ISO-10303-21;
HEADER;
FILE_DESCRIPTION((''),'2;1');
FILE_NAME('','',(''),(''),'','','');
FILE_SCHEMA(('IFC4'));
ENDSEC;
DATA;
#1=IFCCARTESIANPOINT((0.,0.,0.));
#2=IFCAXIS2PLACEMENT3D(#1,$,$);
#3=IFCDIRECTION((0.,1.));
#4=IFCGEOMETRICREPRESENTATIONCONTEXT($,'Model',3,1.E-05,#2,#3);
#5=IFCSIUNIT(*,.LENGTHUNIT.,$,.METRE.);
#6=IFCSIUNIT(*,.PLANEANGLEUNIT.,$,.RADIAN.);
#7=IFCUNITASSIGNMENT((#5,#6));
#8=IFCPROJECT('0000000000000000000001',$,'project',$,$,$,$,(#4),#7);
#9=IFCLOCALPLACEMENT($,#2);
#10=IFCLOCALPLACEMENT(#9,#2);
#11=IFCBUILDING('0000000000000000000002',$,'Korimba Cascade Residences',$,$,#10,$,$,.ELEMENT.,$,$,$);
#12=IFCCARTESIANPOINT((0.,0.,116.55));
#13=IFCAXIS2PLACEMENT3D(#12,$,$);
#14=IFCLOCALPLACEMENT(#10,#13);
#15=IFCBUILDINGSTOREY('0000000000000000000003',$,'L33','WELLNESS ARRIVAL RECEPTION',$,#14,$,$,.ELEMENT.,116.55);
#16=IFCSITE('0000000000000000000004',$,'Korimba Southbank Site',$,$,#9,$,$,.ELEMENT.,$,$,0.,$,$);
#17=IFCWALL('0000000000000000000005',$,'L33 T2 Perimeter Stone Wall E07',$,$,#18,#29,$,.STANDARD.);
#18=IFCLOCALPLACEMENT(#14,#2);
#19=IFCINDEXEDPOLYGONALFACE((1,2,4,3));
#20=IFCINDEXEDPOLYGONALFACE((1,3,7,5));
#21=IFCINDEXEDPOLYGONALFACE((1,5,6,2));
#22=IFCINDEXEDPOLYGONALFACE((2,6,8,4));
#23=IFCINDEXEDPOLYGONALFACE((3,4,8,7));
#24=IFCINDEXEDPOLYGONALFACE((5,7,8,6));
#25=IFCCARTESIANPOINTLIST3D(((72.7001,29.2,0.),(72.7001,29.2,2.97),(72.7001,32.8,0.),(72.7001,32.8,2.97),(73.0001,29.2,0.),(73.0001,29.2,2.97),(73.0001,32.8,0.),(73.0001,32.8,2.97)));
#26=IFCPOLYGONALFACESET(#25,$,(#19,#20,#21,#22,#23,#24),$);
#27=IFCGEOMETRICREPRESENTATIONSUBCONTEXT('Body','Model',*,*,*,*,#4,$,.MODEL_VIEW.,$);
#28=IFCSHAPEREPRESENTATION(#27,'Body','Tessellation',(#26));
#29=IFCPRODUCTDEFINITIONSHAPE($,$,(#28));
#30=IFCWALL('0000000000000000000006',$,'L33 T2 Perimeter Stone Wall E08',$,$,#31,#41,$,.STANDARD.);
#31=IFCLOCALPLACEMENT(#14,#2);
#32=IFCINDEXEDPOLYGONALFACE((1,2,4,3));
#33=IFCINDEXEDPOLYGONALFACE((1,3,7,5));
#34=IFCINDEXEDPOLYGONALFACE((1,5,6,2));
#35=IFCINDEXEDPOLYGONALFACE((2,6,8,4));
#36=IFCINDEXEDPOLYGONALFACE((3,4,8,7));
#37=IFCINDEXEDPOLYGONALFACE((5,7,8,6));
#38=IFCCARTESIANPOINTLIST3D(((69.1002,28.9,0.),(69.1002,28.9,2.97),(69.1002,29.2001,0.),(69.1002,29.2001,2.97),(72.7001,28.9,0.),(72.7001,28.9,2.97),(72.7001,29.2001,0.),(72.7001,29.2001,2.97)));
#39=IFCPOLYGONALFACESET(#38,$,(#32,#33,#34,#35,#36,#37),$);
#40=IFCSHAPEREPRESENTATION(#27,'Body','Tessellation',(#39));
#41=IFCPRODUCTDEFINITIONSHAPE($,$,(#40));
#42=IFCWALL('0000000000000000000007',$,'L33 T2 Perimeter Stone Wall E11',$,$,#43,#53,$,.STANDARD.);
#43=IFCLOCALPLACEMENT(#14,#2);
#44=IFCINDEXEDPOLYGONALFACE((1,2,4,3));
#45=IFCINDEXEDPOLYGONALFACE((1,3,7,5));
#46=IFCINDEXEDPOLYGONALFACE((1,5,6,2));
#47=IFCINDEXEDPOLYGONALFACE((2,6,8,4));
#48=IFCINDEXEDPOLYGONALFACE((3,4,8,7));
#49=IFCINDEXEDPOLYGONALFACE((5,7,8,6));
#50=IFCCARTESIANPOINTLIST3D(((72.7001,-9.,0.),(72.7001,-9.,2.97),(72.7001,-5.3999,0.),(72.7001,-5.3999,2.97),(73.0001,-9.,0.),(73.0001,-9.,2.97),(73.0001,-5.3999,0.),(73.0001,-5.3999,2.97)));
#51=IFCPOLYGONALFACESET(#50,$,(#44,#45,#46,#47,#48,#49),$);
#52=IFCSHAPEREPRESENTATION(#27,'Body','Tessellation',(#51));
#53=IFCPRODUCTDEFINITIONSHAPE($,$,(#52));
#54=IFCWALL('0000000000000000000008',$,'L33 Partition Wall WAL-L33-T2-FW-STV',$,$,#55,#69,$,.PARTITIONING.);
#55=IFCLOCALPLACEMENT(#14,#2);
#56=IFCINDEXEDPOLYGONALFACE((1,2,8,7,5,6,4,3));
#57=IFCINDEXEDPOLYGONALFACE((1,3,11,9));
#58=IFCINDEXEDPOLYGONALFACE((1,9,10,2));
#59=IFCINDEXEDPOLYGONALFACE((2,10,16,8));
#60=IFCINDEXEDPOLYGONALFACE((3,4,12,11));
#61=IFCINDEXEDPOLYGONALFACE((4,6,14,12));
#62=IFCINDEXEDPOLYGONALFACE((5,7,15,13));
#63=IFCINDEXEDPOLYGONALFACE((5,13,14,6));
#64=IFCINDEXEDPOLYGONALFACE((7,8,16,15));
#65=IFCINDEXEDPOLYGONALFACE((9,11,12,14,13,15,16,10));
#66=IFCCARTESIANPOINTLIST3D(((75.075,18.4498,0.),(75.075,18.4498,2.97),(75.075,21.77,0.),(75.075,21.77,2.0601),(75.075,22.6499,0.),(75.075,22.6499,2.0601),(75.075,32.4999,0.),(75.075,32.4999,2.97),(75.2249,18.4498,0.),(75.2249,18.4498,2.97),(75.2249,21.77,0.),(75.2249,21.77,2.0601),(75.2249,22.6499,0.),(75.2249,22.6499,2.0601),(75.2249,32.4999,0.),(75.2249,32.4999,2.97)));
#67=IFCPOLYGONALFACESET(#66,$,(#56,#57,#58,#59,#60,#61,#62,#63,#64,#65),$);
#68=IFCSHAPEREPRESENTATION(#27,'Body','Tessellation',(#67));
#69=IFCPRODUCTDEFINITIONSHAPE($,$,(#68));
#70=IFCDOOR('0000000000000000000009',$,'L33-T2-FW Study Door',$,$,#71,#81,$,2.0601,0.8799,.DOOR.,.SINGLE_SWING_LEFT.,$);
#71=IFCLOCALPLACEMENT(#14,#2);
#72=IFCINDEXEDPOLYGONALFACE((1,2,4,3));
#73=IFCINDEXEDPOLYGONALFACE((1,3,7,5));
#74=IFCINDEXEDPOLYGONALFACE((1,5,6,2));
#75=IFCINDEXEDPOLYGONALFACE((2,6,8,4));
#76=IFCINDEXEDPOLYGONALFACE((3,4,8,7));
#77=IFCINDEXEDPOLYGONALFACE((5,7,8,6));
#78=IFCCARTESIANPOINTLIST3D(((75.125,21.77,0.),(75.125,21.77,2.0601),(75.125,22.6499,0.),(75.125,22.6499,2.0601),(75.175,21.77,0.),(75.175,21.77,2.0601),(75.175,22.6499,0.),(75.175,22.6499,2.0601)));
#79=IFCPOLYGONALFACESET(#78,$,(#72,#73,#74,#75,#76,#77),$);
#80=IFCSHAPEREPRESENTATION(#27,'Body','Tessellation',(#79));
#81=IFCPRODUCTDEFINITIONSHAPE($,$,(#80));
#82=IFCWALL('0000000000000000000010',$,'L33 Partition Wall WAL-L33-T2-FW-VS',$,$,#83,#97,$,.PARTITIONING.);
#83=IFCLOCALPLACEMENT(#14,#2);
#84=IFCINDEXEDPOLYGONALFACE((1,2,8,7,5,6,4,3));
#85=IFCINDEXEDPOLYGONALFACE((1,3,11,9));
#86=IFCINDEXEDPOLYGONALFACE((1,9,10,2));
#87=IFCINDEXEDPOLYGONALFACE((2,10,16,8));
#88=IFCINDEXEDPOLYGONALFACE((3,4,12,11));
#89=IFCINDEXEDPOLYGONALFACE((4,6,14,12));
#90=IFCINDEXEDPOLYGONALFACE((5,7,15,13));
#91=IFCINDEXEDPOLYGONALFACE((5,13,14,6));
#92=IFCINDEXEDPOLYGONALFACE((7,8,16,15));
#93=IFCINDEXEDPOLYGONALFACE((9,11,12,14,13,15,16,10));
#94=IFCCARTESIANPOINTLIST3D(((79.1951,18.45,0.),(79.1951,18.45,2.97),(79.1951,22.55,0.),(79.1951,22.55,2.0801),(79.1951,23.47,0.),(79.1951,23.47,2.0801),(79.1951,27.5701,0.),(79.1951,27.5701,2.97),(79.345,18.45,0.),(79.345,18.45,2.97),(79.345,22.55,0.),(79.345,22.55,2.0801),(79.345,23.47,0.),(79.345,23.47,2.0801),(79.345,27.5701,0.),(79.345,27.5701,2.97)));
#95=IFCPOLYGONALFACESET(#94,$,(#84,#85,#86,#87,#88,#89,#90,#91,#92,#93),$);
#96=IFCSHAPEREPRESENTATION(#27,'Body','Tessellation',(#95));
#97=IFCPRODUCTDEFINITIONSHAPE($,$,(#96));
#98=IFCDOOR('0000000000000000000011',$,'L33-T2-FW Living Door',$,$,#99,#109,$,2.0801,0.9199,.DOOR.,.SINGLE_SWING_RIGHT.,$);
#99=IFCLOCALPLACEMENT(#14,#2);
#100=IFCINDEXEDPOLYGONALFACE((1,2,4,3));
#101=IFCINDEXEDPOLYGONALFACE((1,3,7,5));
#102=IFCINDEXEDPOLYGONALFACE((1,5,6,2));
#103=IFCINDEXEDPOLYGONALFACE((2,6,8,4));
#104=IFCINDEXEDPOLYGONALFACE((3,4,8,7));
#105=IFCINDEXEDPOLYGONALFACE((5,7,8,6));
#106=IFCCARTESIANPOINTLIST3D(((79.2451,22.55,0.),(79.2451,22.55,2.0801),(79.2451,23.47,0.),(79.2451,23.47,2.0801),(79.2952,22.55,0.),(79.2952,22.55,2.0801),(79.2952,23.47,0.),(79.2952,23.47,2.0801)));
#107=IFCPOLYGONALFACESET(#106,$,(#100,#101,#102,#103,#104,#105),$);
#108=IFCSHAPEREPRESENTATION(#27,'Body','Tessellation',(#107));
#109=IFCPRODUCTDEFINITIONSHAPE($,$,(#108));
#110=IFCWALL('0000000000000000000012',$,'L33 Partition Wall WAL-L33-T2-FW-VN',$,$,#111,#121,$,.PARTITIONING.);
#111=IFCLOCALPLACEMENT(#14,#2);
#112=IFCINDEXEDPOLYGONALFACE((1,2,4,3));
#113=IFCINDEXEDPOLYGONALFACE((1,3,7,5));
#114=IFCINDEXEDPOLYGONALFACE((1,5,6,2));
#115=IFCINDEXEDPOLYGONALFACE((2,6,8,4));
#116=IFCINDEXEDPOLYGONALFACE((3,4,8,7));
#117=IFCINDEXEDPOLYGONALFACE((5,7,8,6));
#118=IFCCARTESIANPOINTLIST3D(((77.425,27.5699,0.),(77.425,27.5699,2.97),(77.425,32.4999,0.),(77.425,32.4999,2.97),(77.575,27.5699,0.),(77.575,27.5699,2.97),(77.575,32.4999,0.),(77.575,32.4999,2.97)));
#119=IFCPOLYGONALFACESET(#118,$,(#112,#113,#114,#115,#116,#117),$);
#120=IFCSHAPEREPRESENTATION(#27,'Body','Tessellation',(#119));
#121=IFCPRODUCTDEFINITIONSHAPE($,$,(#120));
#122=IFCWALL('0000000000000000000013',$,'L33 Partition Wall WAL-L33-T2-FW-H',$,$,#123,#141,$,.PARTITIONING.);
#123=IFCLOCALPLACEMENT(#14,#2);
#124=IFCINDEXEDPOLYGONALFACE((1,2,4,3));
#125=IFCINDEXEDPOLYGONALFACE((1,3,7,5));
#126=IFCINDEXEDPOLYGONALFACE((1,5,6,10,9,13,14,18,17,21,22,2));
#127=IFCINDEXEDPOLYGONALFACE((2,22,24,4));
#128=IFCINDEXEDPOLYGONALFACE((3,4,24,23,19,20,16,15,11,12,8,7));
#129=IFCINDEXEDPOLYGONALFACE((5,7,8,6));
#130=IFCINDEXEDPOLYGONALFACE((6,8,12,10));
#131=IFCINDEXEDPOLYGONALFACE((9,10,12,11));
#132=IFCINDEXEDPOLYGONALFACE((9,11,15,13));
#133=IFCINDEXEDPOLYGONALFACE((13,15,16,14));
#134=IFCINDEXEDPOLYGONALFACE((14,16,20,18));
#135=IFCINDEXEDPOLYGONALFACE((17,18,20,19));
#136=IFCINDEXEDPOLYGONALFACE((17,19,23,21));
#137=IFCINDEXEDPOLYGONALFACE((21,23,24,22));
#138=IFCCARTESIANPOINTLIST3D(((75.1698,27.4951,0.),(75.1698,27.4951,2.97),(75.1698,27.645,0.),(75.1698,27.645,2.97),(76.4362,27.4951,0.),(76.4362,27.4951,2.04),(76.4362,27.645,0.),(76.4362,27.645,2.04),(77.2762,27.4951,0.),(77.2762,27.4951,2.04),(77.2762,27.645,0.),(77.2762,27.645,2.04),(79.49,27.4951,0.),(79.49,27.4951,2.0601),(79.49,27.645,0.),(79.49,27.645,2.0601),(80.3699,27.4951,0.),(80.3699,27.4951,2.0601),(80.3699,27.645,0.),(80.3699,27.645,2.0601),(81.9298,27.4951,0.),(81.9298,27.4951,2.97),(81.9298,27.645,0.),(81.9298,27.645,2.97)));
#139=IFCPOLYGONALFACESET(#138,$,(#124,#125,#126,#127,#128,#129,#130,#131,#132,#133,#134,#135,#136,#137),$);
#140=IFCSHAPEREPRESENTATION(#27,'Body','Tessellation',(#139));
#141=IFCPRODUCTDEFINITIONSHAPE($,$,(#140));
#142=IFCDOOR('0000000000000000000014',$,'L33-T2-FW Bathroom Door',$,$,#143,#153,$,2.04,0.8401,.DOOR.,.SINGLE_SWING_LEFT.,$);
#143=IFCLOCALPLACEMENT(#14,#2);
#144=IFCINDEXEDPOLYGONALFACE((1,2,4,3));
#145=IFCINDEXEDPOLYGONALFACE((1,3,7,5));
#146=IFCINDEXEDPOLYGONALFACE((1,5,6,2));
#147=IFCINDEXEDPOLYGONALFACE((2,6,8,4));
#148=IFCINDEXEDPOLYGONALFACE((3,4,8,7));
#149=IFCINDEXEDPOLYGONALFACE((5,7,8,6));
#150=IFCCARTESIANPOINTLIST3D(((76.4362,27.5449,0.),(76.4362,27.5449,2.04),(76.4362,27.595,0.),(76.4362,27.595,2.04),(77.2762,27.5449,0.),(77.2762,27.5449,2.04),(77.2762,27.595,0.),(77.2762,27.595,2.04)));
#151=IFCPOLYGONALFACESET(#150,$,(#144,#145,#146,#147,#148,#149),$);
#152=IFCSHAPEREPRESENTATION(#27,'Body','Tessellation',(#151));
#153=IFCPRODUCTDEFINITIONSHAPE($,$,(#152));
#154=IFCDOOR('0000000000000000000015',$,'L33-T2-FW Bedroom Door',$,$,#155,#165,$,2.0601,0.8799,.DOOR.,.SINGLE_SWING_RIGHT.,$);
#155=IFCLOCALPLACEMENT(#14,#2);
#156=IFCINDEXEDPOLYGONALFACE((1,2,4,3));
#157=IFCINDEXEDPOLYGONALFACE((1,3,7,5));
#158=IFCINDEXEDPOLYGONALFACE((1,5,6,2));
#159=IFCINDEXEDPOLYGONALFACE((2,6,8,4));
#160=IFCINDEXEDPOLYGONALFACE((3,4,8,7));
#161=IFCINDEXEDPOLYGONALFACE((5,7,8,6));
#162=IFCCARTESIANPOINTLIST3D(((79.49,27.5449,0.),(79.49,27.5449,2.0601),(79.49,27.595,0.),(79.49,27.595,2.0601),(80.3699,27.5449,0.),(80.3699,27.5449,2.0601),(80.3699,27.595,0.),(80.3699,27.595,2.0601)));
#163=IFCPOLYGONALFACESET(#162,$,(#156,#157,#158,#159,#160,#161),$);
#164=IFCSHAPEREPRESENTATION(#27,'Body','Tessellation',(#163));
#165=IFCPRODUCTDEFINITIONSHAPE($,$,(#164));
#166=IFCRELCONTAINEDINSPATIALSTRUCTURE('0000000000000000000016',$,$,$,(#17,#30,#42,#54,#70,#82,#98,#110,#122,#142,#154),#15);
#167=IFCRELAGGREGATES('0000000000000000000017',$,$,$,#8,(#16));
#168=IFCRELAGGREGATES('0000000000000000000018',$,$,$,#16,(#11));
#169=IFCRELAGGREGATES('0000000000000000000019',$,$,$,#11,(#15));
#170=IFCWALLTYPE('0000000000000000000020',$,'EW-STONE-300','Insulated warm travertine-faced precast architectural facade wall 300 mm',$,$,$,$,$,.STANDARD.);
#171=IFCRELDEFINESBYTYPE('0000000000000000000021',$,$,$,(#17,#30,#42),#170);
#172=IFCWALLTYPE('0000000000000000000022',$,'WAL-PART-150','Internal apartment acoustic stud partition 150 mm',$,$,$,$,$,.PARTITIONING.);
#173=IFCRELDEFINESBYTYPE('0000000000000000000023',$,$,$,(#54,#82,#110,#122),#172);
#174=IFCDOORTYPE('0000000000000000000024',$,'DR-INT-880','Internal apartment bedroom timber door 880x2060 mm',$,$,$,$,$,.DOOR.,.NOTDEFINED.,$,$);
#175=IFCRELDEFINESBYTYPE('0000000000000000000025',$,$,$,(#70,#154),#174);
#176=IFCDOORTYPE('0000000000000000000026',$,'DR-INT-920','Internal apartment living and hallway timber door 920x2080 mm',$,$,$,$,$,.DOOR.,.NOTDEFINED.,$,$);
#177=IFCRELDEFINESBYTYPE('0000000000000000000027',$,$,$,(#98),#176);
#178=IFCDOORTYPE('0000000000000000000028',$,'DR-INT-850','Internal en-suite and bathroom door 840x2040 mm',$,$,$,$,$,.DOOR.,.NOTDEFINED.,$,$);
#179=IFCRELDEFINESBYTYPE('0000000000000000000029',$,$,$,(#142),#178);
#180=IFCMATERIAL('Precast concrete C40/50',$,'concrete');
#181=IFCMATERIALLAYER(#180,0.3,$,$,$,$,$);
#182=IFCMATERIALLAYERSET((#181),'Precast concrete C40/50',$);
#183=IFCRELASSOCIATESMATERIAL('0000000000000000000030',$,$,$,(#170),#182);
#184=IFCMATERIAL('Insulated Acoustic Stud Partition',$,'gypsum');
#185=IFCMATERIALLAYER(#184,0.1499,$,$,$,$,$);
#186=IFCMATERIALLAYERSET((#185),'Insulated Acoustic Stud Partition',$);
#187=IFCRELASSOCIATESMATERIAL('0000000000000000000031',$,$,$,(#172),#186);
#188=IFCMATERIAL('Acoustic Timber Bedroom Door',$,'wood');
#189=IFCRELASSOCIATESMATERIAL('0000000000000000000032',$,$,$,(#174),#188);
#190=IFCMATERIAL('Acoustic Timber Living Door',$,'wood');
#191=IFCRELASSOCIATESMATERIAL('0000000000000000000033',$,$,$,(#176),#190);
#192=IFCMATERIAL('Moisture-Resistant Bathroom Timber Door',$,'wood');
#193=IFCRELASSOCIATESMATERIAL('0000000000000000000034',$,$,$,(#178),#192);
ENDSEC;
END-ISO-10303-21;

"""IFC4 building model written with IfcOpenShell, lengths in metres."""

from ifc_helpers import new_model, si_unit, direction, frame, frame_2d, origin, place, context, subcontext, project, spatial, rectangle, extrude, material, layer, layer_set, type_object, element, fill, save


model = new_model("IFC4")

# Units and contexts
model_context = context("Model", 3, precision=1e-05, world=origin(), true_north=direction((0.0, 1.0)))
body_context = subcontext(model_context, "Body", "Model", "MODEL_VIEW")
ifc_project = project(units=[si_unit("LENGTHUNIT", "METRE"), si_unit("PLANEANGLEUNIT", "RADIAN")], contexts=[model_context])

# Site, building, storey
site_placement = place(None, origin())
site = spatial("IfcSite", under=ifc_project, at=site_placement, Name="Korimba Southbank Site", CompositionType="ELEMENT", RefElevation=0.0)
building_placement = place(site_placement, origin())
building = spatial("IfcBuilding", under=site, at=building_placement, Name="Korimba Cascade Residences", CompositionType="ELEMENT")
storey_placement = place(building_placement, frame((0.0, 0.0, 116.55)))
storey = spatial("IfcBuildingStorey", under=building, at=storey_placement, Name="L33", Description="WELLNESS ARRIVAL RECEPTION", CompositionType="ELEMENT", Elevation=116.55)

# Walls
ifc_material_1 = material(Name="Precast concrete C40/50", Category="concrete")
ifc_layer_1 = layer(ifc_material_1, 0.3)
ifc_layer_set_1 = layer_set([ifc_layer_1], Name="Precast concrete C40/50")
wall_type_1 = type_object("IfcWallType", Name="EW-STONE-300", Description="Insulated warm travertine-faced precast architectural facade wall 300 mm", PredefinedType="STANDARD", material=ifc_layer_set_1)
wall_1_placement = place(storey_placement, frame((72.8501, 32.8, 0.0), z_axis=(0.0, 0.0, 1.0), x_axis=(0.0, -1.0, 0.0)))
element("IfcWall", 1, at=wall_1_placement, inside=storey, type_object=wall_type_1, Name="L33 T2 Perimeter Stone Wall E07", PredefinedType="STANDARD", context=body_context, shape_type="SweptSolid", body=[
    extrude(rectangle(XDim=3.6001, YDim=0.3, at=frame_2d((1.8, 0.0))), origin(), (0.0, 0.0, 1.0), 2.97),
])
wall_2_placement = place(storey_placement, frame((72.7, 29.05, 0.0), z_axis=(0.0, 0.0, 1.0), x_axis=(-1.0, 0.0, 0.0)))
element("IfcWall", 2, at=wall_2_placement, inside=storey, type_object=wall_type_1, Name="L33 T2 Perimeter Stone Wall E08", PredefinedType="STANDARD", context=body_context, shape_type="SweptSolid", body=[
    extrude(rectangle(XDim=3.5999, YDim=0.3, at=frame_2d((1.7998, 0.0))), origin(), (0.0, 0.0, 1.0), 2.97),
])
wall_3_placement = place(storey_placement, frame((72.8501, -5.3999, 0.0), z_axis=(0.0, 0.0, 1.0), x_axis=(0.0, -1.0, 0.0)))
element("IfcWall", 3, at=wall_3_placement, inside=storey, type_object=wall_type_1, Name="L33 T2 Perimeter Stone Wall E11", PredefinedType="STANDARD", context=body_context, shape_type="SweptSolid", body=[
    extrude(rectangle(XDim=3.6001, YDim=0.3, at=frame_2d((1.8, 0.0))), origin(), (0.0, 0.0, 1.0), 2.97),
])

# Walls, openings, doors
ifc_material_2 = material(Name="Insulated Acoustic Stud Partition", Category="gypsum")
ifc_layer_2 = layer(ifc_material_2, 0.1499)
ifc_layer_set_2 = layer_set([ifc_layer_2], Name="Insulated Acoustic Stud Partition")
wall_type_2 = type_object("IfcWallType", Name="WAL-PART-150", Description="Internal apartment acoustic stud partition 150 mm", PredefinedType="PARTITIONING", material=ifc_layer_set_2)
wall_4_placement = place(storey_placement, frame((75.1499, 18.45, 0.0), z_axis=(0.0, 0.0, 1.0), x_axis=(0.0, 1.0, 0.0)))
wall_4 = element("IfcWall", 4, at=wall_4_placement, inside=storey, type_object=wall_type_2, Name="L33 Partition Wall WAL-L33-T2-FW-STV", PredefinedType="PARTITIONING", context=body_context, shape_type="SweptSolid", body=[
    extrude(rectangle(XDim=14.05, YDim=0.1499, at=frame_2d((7.0249, 0.0))), origin(), (0.0, 0.0, 1.0), 2.97),
])
opening_1_placement = place(wall_4_placement, frame((3.3201, 0.0, 0.0)))
opening_1 = element("IfcOpeningElement", 5, at=opening_1_placement, cuts=wall_4, PredefinedType="OPENING", context=body_context, shape_type="SweptSolid", body=[
    extrude(rectangle(XDim=0.8799, YDim=2.0601, at=frame_2d((0.4399, 1.03))), frame((0.0, 0.085, 0.0), z_axis=(0.0, -1.0, 0.0), x_axis=(1.0, 0.0, 0.0)), (0.0, 0.0, 1.0), 0.1699),
])
ifc_material_3 = material(Name="Acoustic Timber Bedroom Door", Category="wood")
door_type_1 = type_object("IfcDoorType", Name="DR-INT-880", Description="Internal apartment bedroom timber door 880x2060 mm", OperationType="NOTDEFINED", PredefinedType="DOOR", material=ifc_material_3)
door_1_placement = place(opening_1_placement, origin())
door_1 = element("IfcDoor", 6, at=door_1_placement, inside=storey, type_object=door_type_1, Name="L33-T2-FW Study Door", OperationType="SINGLE_SWING_LEFT", OverallHeight=2.0601, OverallWidth=0.8799, PredefinedType="DOOR", context=body_context, shape_type="SweptSolid", body=[
    extrude(rectangle(XDim=0.8799, YDim=2.0601, at=frame_2d((0.4399, 1.03))), frame((0.0, 0.0249, 0.0), z_axis=(0.0, -1.0, 0.0), x_axis=(1.0, 0.0, 0.0)), (0.0, 0.0, 1.0), 0.05),
])
fill(opening_1, door_1)
wall_5_placement = place(storey_placement, frame((79.27, 18.45, 0.0), z_axis=(0.0, 0.0, 1.0), x_axis=(0.0, 1.0, 0.0)))
wall_5 = element("IfcWall", 7, at=wall_5_placement, inside=storey, type_object=wall_type_2, Name="L33 Partition Wall WAL-L33-T2-FW-VS", PredefinedType="PARTITIONING", context=body_context, shape_type="SweptSolid", body=[
    extrude(rectangle(XDim=9.1201, YDim=0.1499, at=frame_2d((4.5601, 0.0))), origin(), (0.0, 0.0, 1.0), 2.97),
])
opening_2_placement = place(wall_5_placement, frame((4.1001, 0.0, 0.0)))
opening_2 = element("IfcOpeningElement", 8, at=opening_2_placement, cuts=wall_5, PredefinedType="OPENING", context=body_context, shape_type="SweptSolid", body=[
    extrude(rectangle(XDim=0.9199, YDim=2.0801, at=frame_2d((0.46, 1.04))), frame((0.0, 0.085, 0.0), z_axis=(0.0, -1.0, 0.0), x_axis=(1.0, 0.0, 0.0)), (0.0, 0.0, 1.0), 0.1699),
])
ifc_material_4 = material(Name="Acoustic Timber Living Door", Category="wood")
door_type_2 = type_object("IfcDoorType", Name="DR-INT-920", Description="Internal apartment living and hallway timber door 920x2080 mm", OperationType="NOTDEFINED", PredefinedType="DOOR", material=ifc_material_4)
door_2_placement = place(opening_2_placement, origin())
door_2 = element("IfcDoor", 9, at=door_2_placement, inside=storey, type_object=door_type_2, Name="L33-T2-FW Living Door", OperationType="SINGLE_SWING_RIGHT", OverallHeight=2.0801, OverallWidth=0.9199, PredefinedType="DOOR", context=body_context, shape_type="SweptSolid", body=[
    extrude(rectangle(XDim=0.9199, YDim=2.0801, at=frame_2d((0.46, 1.04))), frame((0.0, 0.0249, 0.0), z_axis=(0.0, -1.0, 0.0), x_axis=(1.0, 0.0, 0.0)), (0.0, 0.0, 1.0), 0.05),
])
fill(opening_2, door_2)

# Wall
wall_6_placement = place(storey_placement, frame((77.5, 27.5701, 0.0), z_axis=(0.0, 0.0, 1.0), x_axis=(0.0, 1.0, 0.0)))
element("IfcWall", 10, at=wall_6_placement, inside=storey, type_object=wall_type_2, Name="L33 Partition Wall WAL-L33-T2-FW-VN", PredefinedType="PARTITIONING", context=body_context, shape_type="SweptSolid", body=[
    extrude(rectangle(XDim=4.9299, YDim=0.1499, at=frame_2d((2.4648, 0.0))), origin(), (0.0, 0.0, 1.0), 2.97),
])

# Wall, openings, doors
wall_7_placement = place(storey_placement, frame((75.1699, 27.5701, 0.0), z_axis=(0.0, 0.0, 1.0), x_axis=(1.0, 0.0, 0.0)))
wall_7 = element("IfcWall", 11, at=wall_7_placement, inside=storey, type_object=wall_type_2, Name="L33 Partition Wall WAL-L33-T2-FW-H", PredefinedType="PARTITIONING", context=body_context, shape_type="SweptSolid", body=[
    extrude(rectangle(XDim=6.76, YDim=0.1499, at=frame_2d((3.3799, 0.0))), origin(), (0.0, 0.0, 1.0), 2.97),
])
opening_3_placement = place(wall_7_placement, frame((1.2664, 0.0, 0.0)))
opening_3 = element("IfcOpeningElement", 12, at=opening_3_placement, cuts=wall_7, PredefinedType="OPENING", context=body_context, shape_type="SweptSolid", body=[
    extrude(rectangle(XDim=0.8401, YDim=2.04, at=frame_2d((0.4199, 1.02))), frame((0.0, 0.085, 0.0), z_axis=(0.0, -1.0, 0.0), x_axis=(1.0, 0.0, 0.0)), (0.0, 0.0, 1.0), 0.1699),
])
opening_4_placement = place(wall_7_placement, frame((4.3201, 0.0, 0.0)))
opening_4 = element("IfcOpeningElement", 13, at=opening_4_placement, cuts=wall_7, PredefinedType="OPENING", context=body_context, shape_type="SweptSolid", body=[
    extrude(rectangle(XDim=0.8799, YDim=2.0601, at=frame_2d((0.4399, 1.03))), frame((0.0, 0.085, 0.0), z_axis=(0.0, -1.0, 0.0), x_axis=(1.0, 0.0, 0.0)), (0.0, 0.0, 1.0), 0.1699),
])
ifc_material_5 = material(Name="Moisture-Resistant Bathroom Timber Door", Category="wood")
door_type_3 = type_object("IfcDoorType", Name="DR-INT-850", Description="Internal en-suite and bathroom door 840x2040 mm", OperationType="NOTDEFINED", PredefinedType="DOOR", material=ifc_material_5)
door_3_placement = place(opening_3_placement, origin())
door_3 = element("IfcDoor", 14, at=door_3_placement, inside=storey, type_object=door_type_3, Name="L33-T2-FW Bathroom Door", OperationType="SINGLE_SWING_LEFT", OverallHeight=2.04, OverallWidth=0.8401, PredefinedType="DOOR", context=body_context, shape_type="SweptSolid", body=[
    extrude(rectangle(XDim=0.8401, YDim=2.04, at=frame_2d((0.4199, 1.02))), frame((0.0, 0.0249, 0.0), z_axis=(0.0, -1.0, 0.0), x_axis=(1.0, 0.0, 0.0)), (0.0, 0.0, 1.0), 0.05),
])
fill(opening_3, door_3)
door_4_placement = place(opening_4_placement, origin())
door_4 = element("IfcDoor", 15, at=door_4_placement, inside=storey, type_object=door_type_1, Name="L33-T2-FW Bedroom Door", OperationType="SINGLE_SWING_RIGHT", OverallHeight=2.0601, OverallWidth=0.8799, PredefinedType="DOOR", context=body_context, shape_type="SweptSolid", body=[
    extrude(rectangle(XDim=0.8799, YDim=2.0601, at=frame_2d((0.4399, 1.03))), frame((0.0, 0.0249, 0.0), z_axis=(0.0, -1.0, 0.0), x_axis=(1.0, 0.0, 0.0)), (0.0, 0.0, 1.0), 0.05),
])
fill(opening_4, door_4)

save(model, "model.ifc")
